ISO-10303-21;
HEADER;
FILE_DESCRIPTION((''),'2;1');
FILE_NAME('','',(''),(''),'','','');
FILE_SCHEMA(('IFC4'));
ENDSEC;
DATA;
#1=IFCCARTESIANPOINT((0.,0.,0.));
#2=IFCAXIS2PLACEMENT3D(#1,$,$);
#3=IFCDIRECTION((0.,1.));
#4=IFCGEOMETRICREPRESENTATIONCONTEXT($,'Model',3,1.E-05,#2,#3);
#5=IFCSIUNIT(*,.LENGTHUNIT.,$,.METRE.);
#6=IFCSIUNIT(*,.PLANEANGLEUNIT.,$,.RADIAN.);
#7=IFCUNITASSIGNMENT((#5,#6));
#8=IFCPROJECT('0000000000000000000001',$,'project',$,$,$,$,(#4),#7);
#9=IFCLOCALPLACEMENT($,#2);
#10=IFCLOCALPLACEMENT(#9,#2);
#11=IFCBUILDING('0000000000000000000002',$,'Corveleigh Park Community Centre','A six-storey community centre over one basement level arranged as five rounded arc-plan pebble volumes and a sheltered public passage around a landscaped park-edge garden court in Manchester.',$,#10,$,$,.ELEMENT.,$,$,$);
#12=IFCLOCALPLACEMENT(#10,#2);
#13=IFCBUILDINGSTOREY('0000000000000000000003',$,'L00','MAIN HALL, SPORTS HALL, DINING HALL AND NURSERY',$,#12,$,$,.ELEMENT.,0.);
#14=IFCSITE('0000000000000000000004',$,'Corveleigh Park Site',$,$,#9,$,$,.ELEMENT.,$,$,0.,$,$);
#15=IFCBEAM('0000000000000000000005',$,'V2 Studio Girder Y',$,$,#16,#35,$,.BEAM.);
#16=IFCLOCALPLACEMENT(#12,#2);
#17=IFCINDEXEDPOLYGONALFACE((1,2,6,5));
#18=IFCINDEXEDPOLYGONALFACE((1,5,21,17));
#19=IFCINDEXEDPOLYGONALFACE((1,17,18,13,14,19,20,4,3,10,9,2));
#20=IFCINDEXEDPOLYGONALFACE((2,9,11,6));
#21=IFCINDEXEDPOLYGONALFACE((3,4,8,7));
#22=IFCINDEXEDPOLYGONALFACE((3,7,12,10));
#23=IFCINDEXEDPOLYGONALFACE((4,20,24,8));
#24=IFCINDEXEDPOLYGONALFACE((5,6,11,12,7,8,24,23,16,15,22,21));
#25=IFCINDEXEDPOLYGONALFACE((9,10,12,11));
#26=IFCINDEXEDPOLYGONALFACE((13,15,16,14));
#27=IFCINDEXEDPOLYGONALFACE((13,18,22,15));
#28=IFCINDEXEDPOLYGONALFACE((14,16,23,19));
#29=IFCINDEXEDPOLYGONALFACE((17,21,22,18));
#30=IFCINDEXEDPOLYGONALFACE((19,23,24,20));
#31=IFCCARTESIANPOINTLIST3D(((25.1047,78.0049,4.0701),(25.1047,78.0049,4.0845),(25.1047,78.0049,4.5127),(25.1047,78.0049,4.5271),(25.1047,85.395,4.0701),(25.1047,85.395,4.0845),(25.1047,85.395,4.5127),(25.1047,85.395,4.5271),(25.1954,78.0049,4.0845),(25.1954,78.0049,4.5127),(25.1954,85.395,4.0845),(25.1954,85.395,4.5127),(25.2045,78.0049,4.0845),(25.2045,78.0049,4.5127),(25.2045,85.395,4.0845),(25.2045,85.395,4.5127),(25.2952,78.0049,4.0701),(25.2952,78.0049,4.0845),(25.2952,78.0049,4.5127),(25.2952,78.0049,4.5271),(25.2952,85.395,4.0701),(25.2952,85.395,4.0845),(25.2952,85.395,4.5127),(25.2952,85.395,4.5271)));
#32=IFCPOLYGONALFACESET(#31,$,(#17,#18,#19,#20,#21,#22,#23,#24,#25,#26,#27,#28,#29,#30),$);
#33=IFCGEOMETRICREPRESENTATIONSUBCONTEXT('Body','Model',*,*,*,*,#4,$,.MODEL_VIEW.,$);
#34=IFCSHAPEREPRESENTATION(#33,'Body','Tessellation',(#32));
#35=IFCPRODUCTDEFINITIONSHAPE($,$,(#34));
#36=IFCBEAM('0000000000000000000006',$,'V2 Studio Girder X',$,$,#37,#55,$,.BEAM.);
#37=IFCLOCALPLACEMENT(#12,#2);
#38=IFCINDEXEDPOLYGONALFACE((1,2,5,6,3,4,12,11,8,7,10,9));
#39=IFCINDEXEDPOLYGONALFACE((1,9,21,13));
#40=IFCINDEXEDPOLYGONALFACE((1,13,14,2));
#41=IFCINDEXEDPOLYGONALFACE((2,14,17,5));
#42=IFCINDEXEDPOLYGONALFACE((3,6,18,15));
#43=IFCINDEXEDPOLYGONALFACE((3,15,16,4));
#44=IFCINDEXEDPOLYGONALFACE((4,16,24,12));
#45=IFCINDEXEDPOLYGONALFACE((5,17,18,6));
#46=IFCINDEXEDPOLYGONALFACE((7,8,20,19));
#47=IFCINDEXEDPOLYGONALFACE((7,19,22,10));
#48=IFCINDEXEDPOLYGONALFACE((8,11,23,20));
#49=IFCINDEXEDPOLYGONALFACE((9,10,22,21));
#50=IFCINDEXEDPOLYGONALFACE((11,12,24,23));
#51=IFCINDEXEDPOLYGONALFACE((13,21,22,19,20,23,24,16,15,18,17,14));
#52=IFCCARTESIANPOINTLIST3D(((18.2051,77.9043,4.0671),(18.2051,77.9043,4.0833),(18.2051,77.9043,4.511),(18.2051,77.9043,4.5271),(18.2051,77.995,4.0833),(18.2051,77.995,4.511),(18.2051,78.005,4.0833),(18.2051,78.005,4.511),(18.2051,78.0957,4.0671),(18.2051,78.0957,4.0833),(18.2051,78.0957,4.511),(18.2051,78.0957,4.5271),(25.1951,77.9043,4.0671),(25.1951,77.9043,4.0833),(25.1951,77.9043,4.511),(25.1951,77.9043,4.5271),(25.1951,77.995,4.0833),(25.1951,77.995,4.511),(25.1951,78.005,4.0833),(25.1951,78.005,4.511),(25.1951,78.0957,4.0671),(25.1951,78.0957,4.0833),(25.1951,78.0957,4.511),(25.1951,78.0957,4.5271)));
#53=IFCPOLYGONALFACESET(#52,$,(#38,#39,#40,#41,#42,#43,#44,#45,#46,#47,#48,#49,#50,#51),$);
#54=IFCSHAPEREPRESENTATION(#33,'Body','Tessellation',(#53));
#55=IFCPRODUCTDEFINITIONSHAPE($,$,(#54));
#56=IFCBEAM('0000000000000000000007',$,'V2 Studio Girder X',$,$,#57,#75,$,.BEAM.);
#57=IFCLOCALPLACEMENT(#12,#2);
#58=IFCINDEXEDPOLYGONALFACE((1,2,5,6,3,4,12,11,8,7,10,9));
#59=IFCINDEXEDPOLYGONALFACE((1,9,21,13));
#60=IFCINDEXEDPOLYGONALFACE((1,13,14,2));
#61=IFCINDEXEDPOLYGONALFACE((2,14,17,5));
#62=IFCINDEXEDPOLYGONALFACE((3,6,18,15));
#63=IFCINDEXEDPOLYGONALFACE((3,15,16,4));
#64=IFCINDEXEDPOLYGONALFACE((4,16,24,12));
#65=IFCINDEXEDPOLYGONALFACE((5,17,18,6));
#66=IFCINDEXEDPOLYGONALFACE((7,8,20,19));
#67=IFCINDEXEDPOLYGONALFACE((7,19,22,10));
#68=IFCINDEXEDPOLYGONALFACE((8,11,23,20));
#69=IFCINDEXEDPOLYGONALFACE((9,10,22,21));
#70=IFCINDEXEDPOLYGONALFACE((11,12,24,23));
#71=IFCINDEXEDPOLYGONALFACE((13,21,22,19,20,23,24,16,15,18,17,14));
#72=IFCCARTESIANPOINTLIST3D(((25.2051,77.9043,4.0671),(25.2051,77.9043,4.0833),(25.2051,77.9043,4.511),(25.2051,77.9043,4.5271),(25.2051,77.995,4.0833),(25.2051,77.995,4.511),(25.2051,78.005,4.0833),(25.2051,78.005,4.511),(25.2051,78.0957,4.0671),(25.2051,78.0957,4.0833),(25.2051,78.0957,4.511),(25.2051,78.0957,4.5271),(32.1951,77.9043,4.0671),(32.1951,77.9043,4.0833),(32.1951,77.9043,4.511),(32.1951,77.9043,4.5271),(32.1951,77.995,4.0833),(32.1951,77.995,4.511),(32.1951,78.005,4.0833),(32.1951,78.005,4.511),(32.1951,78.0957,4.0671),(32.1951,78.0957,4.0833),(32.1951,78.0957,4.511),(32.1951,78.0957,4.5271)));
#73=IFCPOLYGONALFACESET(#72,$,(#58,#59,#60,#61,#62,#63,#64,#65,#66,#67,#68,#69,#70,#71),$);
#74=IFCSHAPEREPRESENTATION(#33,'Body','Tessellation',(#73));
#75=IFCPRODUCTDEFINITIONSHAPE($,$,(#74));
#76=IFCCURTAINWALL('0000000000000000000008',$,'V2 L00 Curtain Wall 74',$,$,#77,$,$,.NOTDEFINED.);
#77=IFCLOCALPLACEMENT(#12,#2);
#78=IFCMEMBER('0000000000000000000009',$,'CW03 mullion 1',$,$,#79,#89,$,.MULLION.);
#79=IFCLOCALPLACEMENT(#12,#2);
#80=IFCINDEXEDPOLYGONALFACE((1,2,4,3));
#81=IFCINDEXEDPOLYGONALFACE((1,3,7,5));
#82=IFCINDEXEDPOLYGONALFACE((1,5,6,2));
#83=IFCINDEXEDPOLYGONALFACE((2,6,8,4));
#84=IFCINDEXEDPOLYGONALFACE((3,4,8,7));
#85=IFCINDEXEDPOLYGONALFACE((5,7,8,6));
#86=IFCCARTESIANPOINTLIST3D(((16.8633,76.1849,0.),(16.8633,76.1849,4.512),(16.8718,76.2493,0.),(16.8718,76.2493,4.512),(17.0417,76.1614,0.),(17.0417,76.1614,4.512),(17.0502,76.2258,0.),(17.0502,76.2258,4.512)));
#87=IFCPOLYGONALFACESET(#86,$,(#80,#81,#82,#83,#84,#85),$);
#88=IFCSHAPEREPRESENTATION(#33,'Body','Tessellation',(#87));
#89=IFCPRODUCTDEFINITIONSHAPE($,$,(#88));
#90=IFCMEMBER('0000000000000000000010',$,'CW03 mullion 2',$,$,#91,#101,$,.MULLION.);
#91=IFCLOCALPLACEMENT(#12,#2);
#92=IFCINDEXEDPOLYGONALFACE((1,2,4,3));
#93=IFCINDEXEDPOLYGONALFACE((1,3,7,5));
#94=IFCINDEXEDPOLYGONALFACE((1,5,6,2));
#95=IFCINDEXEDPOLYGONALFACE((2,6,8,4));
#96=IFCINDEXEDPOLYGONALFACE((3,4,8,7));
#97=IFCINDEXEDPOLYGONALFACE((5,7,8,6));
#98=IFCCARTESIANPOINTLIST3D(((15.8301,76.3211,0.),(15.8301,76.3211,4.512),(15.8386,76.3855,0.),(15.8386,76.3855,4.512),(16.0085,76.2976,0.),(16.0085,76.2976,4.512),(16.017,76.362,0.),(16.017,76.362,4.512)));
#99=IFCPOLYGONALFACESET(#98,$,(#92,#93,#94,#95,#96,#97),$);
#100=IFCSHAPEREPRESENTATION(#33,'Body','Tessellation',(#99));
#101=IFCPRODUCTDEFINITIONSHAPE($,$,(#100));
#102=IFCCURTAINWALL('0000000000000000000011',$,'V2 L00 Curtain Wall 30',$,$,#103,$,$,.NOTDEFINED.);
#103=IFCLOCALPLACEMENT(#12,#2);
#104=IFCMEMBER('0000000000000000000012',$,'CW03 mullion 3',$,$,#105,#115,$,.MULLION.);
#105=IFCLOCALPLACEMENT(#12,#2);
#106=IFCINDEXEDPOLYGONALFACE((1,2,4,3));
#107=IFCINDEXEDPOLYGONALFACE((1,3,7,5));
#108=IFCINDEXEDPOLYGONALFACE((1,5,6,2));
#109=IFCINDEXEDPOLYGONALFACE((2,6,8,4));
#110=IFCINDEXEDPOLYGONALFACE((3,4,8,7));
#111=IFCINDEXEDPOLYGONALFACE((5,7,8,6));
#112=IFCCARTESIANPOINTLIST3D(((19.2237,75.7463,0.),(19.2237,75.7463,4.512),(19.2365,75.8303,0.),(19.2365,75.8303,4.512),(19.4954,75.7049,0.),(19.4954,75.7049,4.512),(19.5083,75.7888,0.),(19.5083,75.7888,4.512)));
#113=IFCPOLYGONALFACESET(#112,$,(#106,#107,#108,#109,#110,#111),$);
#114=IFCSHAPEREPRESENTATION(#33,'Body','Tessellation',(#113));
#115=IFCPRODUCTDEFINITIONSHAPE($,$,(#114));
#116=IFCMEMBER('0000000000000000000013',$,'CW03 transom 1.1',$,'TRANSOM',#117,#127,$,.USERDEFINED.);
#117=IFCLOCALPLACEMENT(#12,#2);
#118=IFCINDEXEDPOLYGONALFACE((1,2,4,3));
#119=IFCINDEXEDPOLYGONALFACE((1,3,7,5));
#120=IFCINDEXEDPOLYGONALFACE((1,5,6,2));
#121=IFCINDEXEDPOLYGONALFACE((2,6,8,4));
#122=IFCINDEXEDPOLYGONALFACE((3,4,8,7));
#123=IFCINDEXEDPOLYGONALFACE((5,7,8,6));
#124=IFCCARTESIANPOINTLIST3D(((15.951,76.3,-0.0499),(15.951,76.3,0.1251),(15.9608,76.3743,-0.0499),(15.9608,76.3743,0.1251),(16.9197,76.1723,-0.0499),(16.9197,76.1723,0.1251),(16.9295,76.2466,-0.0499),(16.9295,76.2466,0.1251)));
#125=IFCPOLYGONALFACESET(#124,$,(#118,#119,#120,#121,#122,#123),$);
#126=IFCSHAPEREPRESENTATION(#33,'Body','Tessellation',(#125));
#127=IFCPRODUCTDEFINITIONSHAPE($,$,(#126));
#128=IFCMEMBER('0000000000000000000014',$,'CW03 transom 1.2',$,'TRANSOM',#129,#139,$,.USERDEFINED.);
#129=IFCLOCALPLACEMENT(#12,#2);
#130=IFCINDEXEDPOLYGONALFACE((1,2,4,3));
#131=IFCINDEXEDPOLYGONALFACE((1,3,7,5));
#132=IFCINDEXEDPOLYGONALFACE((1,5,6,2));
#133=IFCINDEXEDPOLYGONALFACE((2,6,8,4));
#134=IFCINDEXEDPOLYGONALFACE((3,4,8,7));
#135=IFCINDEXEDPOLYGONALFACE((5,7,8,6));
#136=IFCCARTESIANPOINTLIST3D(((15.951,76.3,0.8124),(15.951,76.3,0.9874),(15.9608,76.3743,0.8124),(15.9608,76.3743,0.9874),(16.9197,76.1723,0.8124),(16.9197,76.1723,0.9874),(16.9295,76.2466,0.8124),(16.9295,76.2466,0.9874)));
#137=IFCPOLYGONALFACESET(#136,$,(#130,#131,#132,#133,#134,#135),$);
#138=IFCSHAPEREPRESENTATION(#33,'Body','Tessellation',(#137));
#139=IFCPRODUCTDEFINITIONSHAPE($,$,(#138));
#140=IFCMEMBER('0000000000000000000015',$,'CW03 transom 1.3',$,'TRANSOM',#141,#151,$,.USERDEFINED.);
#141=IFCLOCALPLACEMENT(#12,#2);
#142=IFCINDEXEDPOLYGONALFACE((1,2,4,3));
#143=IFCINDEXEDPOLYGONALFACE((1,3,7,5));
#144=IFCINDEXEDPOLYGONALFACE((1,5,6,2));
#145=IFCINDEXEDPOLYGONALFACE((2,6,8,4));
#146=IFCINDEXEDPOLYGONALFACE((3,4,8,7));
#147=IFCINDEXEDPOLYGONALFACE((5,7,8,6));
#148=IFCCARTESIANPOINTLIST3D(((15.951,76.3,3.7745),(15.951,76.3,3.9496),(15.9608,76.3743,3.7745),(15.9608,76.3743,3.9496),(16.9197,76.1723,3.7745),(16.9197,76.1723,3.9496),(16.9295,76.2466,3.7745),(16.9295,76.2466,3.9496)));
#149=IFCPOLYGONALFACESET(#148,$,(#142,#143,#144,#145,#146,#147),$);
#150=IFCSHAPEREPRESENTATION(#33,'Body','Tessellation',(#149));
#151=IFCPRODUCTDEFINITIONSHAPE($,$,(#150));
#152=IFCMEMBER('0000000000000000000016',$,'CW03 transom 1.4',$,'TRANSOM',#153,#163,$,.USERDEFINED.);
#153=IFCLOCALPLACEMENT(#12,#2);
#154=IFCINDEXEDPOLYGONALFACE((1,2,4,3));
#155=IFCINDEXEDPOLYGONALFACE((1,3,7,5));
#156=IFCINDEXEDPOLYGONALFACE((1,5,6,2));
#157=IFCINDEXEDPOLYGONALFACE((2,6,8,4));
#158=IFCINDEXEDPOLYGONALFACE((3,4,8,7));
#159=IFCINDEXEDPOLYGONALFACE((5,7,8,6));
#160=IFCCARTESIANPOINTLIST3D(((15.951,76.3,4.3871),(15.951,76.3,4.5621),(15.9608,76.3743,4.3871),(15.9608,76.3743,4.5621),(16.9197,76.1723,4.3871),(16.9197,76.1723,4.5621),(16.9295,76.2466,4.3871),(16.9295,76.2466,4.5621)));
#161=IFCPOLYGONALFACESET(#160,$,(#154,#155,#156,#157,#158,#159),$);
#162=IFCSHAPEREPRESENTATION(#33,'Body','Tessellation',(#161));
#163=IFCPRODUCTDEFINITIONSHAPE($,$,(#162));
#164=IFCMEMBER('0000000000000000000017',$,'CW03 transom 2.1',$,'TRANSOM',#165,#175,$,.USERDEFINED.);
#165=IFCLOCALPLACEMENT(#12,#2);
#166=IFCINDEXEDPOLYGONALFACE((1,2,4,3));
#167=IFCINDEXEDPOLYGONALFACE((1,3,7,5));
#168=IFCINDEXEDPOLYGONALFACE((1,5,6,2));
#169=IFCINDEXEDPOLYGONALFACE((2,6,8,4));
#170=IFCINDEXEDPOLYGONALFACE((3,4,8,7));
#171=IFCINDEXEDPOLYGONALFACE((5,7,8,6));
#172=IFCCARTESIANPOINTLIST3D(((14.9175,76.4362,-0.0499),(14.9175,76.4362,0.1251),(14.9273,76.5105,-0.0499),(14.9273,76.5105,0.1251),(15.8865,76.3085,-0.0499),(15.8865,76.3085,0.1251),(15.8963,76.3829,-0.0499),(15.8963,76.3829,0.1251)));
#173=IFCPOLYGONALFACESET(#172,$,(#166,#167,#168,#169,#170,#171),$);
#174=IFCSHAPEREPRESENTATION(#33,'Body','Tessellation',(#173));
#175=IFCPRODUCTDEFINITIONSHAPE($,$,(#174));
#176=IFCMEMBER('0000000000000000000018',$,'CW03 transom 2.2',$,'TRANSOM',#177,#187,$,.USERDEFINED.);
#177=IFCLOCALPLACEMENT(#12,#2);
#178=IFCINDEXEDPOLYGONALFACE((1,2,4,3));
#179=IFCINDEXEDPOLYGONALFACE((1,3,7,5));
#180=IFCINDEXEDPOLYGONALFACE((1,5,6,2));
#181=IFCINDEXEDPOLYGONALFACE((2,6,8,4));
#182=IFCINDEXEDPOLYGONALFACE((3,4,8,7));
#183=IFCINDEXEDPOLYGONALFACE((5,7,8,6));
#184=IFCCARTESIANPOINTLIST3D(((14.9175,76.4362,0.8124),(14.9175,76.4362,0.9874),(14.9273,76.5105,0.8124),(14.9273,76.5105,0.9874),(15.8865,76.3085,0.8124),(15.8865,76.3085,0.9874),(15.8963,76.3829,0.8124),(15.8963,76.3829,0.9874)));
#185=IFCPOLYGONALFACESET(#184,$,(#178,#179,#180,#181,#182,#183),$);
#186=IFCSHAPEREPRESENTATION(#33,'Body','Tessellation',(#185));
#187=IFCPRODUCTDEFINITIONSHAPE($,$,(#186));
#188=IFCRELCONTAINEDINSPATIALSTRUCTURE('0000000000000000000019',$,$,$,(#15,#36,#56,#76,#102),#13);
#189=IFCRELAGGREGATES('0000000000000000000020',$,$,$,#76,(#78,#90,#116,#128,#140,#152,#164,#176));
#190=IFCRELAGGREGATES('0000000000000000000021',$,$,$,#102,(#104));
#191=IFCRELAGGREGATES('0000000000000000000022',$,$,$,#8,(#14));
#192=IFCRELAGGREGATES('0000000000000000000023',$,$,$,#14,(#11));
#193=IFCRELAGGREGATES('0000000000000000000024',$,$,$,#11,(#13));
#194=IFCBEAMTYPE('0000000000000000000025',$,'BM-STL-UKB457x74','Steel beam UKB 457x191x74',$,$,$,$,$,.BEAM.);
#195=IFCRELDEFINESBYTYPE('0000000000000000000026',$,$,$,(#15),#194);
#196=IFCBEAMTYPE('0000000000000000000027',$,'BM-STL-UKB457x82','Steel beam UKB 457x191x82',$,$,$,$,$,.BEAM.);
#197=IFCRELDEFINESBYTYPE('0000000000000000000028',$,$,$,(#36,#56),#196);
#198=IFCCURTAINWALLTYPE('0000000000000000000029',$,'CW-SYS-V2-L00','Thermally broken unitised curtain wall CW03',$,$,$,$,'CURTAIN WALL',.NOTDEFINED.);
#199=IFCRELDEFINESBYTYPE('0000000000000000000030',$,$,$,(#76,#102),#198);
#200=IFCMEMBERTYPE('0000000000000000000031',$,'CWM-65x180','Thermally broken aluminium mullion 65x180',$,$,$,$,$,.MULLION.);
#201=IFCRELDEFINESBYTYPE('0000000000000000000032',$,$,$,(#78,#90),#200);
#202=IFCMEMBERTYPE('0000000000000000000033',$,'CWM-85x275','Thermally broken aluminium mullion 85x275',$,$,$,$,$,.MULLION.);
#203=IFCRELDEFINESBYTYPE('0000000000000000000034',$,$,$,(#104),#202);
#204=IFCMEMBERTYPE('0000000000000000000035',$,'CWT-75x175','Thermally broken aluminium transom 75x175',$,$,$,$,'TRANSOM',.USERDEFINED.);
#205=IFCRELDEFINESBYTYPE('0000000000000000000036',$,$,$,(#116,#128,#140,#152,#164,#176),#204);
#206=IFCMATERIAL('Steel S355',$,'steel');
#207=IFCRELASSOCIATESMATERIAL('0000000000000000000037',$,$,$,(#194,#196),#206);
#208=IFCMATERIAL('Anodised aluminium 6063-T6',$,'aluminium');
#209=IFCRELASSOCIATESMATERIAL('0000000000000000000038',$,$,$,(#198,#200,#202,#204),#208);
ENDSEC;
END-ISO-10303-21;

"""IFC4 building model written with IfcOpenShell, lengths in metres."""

from ifc_helpers import new_model, si_unit, direction, frame, origin, origin_2d, place, context, subcontext, project, spatial, rectangle, i_section, extrude, material, material_profile, profile_set, type_object, element, aggregate, save


model = new_model("IFC4")

# Units and contexts
model_context = context("Model", 3, precision=1e-05, world=origin(), true_north=direction((0.0, 1.0)))
body_context = subcontext(model_context, "Body", "Model", "MODEL_VIEW")
ifc_project = project(units=[si_unit("LENGTHUNIT", "METRE"), si_unit("PLANEANGLEUNIT", "RADIAN")], contexts=[model_context])

# Site, building, storey
site_placement = place(None, origin())
site = spatial("IfcSite", under=ifc_project, at=site_placement, Name="Corveleigh Park Site", CompositionType="ELEMENT", RefElevation=0.0)
building_placement = place(site_placement, origin())
building = spatial("IfcBuilding", under=site, at=building_placement, Name="Corveleigh Park Community Centre", Description="A six-storey community centre over one basement level arranged as five rounded arc-plan pebble volumes and a sheltered public passage around a landscaped park-edge garden court in Manchester.", CompositionType="ELEMENT")
storey_placement = place(building_placement, origin())
storey = spatial("IfcBuildingStorey", under=building, at=storey_placement, Name="L00", Description="MAIN HALL, SPORTS HALL, DINING HALL AND NURSERY", CompositionType="ELEMENT", Elevation=0.0)

# Shared definitions
ifc_material_1 = material(Name="Steel S355", Category="steel")

# Beams
ifc_material_profile_1 = material_profile(ifc_material_1, i_section(OverallWidth=0.1904, OverallDepth=0.457, WebThickness=0.009, FlangeThickness=0.0144, at=origin_2d()), Name="UKB 457x191x74", Category="steel")
ifc_profile_set_1 = profile_set([ifc_material_profile_1], Name="Steel S355")
beam_type_1 = type_object("IfcBeamType", Name="BM-STL-UKB457x74", Description="Steel beam UKB 457x191x74", PredefinedType="BEAM", material=ifc_profile_set_1)
for number, where, z_axis, x_axis, name in (
    (1, (25.2, 78.0049, 4.2986), (0.0, 1.0, 0.0), (-1.0, 0.0, 0.0), "V2 Studio Girder Y"),
):
    element("IfcBeam", number, at=place(storey_placement, frame(where, z_axis=z_axis, x_axis=x_axis)), inside=storey, type_object=beam_type_1, Name=name, PredefinedType="BEAM", context=body_context, shape_type="SweptSolid", body=[
        extrude(i_section(OverallWidth=0.1904, OverallDepth=0.457, WebThickness=0.009, FlangeThickness=0.0144, at=origin_2d()), origin(), (0.0, 0.0, 1.0), 7.3901),
    ])
ifc_material_profile_2 = material_profile(ifc_material_1, i_section(OverallWidth=0.1914, OverallDepth=0.46, WebThickness=0.01, FlangeThickness=0.0161, at=origin_2d()), Name="UKB 457x191x82", Category="steel")
ifc_profile_set_2 = profile_set([ifc_material_profile_2], Name="Steel S355")
beam_type_2 = type_object("IfcBeamType", Name="BM-STL-UKB457x82", Description="Steel beam UKB 457x191x82", PredefinedType="BEAM", material=ifc_profile_set_2)
for number, where, z_axis, x_axis, name in (
    (2, (18.2051, 78.0, 4.2971), (1.0, 0.0, 0.0), (0.0, 1.0, 0.0), "V2 Studio Girder X"),
    (3, (25.2051, 78.0, 4.2971), (1.0, 0.0, 0.0), (0.0, 1.0, 0.0), "V2 Studio Girder X"),
):
    element("IfcBeam", number, at=place(storey_placement, frame(where, z_axis=z_axis, x_axis=x_axis)), inside=storey, type_object=beam_type_2, Name=name, PredefinedType="BEAM", context=body_context, shape_type="SweptSolid", body=[
        extrude(i_section(OverallWidth=0.1914, OverallDepth=0.46, WebThickness=0.01, FlangeThickness=0.0161, at=origin_2d()), origin(), (0.0, 0.0, 1.0), 6.99),
    ])

# Curtain wall, members
ifc_material_2 = material(Name="Anodised aluminium 6063-T6", Category="aluminium")
curtain_wall_type = type_object("IfcCurtainWallType", Name="CW-SYS-V2-L00", Description="Thermally broken unitised curtain wall CW03", ElementType="CURTAIN WALL", PredefinedType="NOTDEFINED", material=ifc_material_2)
curtain_wall_1_placement = place(storey_placement, origin())
curtain_wall_1 = element("IfcCurtainWall", 4, at=curtain_wall_1_placement, inside=storey, type_object=curtain_wall_type, Name="V2 L00 Curtain Wall 74", PredefinedType="NOTDEFINED")
ifc_material_profile_3 = material_profile(ifc_material_2, rectangle(XDim=0.0649, YDim=0.1799, at=origin_2d()), Name="ALU-M65x180", Category="aluminium")
ifc_profile_set_3 = profile_set([ifc_material_profile_3], Name="Anodised aluminium 6063-T6")
member_type_1 = type_object("IfcMemberType", Name="CWM-65x180", Description="Thermally broken aluminium mullion 65x180", PredefinedType="MULLION", material=ifc_profile_set_3)
member_1_placement = place(storey_placement, frame((16.9568, 76.2053, 0.0), z_axis=(0.0, 0.0, 1.0), x_axis=(-0.130731, -0.991418, 0.0)))
member_1 = element("IfcMember", 5, at=member_1_placement, type_object=member_type_1, Name="CW03 mullion 1", PredefinedType="MULLION", context=body_context, shape_type="SweptSolid", body=[
    extrude(rectangle(XDim=0.0649, YDim=0.1799, at=origin_2d()), origin(), (0.0, 0.0, 1.0), 4.512),
])
member_2_placement = place(storey_placement, frame((15.9236, 76.3416, 0.0), z_axis=(0.0, 0.0, 1.0), x_axis=(-0.130731, -0.991418, 0.0)))
member_2 = element("IfcMember", 6, at=member_2_placement, type_object=member_type_1, Name="CW03 mullion 2", PredefinedType="MULLION", context=body_context, shape_type="SweptSolid", body=[
    extrude(rectangle(XDim=0.0649, YDim=0.1799, at=origin_2d()), origin(), (0.0, 0.0, 1.0), 4.512),
])

# Curtain wall, member
curtain_wall_2_placement = place(storey_placement, origin())
curtain_wall_2 = element("IfcCurtainWall", 7, at=curtain_wall_2_placement, inside=storey, type_object=curtain_wall_type, Name="V2 L00 Curtain Wall 30", PredefinedType="NOTDEFINED")
ifc_material_profile_4 = material_profile(ifc_material_2, rectangle(XDim=0.085, YDim=0.2749, at=origin_2d()), Name="ALU-M85x275", Category="aluminium")
ifc_profile_set_4 = profile_set([ifc_material_profile_4], Name="Anodised aluminium 6063-T6")
member_type_2 = type_object("IfcMemberType", Name="CWM-85x275", Description="Thermally broken aluminium mullion 85x275", PredefinedType="MULLION", material=ifc_profile_set_4)
member_3_placement = place(storey_placement, frame((19.366, 75.7676, 0.0), z_axis=(0.0, 0.0, 1.0), x_axis=(-0.15077, -0.988569, 0.0)))
member_3 = element("IfcMember", 8, at=member_3_placement, type_object=member_type_2, Name="CW03 mullion 3", PredefinedType="MULLION", context=body_context, shape_type="SweptSolid", body=[
    extrude(rectangle(XDim=0.085, YDim=0.2749, at=origin_2d()), origin(), (0.0, 0.0, 1.0), 4.512),
])

# Members
ifc_material_profile_5 = material_profile(ifc_material_2, rectangle(XDim=0.075, YDim=0.175, at=origin_2d()), Name="ALU-T75x175", Category="aluminium")
ifc_profile_set_5 = profile_set([ifc_material_profile_5], Name="Anodised aluminium 6063-T6")
member_type_3 = type_object("IfcMemberType", Name="CWT-75x175", Description="Thermally broken aluminium transom 75x175", ElementType="TRANSOM", PredefinedType="USERDEFINED", material=ifc_profile_set_5)
member_4_placement = place(storey_placement, frame((16.9246, 76.2095, 0.0376), z_axis=(-0.991425, 0.130674, 0.0), x_axis=(-0.130674, -0.991425, 0.0)))
member_4 = element("IfcMember", 9, at=member_4_placement, type_object=member_type_3, Name="CW03 transom 1.1", ObjectType="TRANSOM", PredefinedType="USERDEFINED", context=body_context, shape_type="SweptSolid", body=[
    extrude(rectangle(XDim=0.075, YDim=0.175, at=origin_2d()), origin(), (0.0, 0.0, 1.0), 0.9771),
])
member_5_placement = place(storey_placement, frame((16.9246, 76.2095, 0.8999), z_axis=(-0.991425, 0.130674, 0.0), x_axis=(-0.130674, -0.991425, 0.0)))
member_5 = element("IfcMember", 10, at=member_5_placement, type_object=member_type_3, Name="CW03 transom 1.2", ObjectType="TRANSOM", PredefinedType="USERDEFINED", context=body_context, shape_type="SweptSolid", body=[
    extrude(rectangle(XDim=0.075, YDim=0.175, at=origin_2d()), origin(), (0.0, 0.0, 1.0), 0.9771),
])
member_6_placement = place(storey_placement, frame((16.9246, 76.2095, 3.8621), z_axis=(-0.991425, 0.130674, 0.0), x_axis=(-0.130674, -0.991425, 0.0)))
member_6 = element("IfcMember", 11, at=member_6_placement, type_object=member_type_3, Name="CW03 transom 1.3", ObjectType="TRANSOM", PredefinedType="USERDEFINED", context=body_context, shape_type="SweptSolid", body=[
    extrude(rectangle(XDim=0.075, YDim=0.175, at=origin_2d()), origin(), (0.0, 0.0, 1.0), 0.9771),
])
member_7_placement = place(storey_placement, frame((16.9246, 76.2095, 4.4746), z_axis=(-0.991425, 0.130674, 0.0), x_axis=(-0.130674, -0.991425, 0.0)))
member_7 = element("IfcMember", 12, at=member_7_placement, type_object=member_type_3, Name="CW03 transom 1.4", ObjectType="TRANSOM", PredefinedType="USERDEFINED", context=body_context, shape_type="SweptSolid", body=[
    extrude(rectangle(XDim=0.075, YDim=0.175, at=origin_2d()), origin(), (0.0, 0.0, 1.0), 0.9771),
])
member_8_placement = place(storey_placement, frame((15.8914, 76.3457, 0.0376), z_axis=(-0.99143, 0.130642, 0.0), x_axis=(-0.130642, -0.99143, 0.0)))
member_8 = element("IfcMember", 13, at=member_8_placement, type_object=member_type_3, Name="CW03 transom 2.1", ObjectType="TRANSOM", PredefinedType="USERDEFINED", context=body_context, shape_type="SweptSolid", body=[
    extrude(rectangle(XDim=0.075, YDim=0.175, at=origin_2d()), origin(), (0.0, 0.0, 1.0), 0.9773),
])
member_9_placement = place(storey_placement, frame((15.8914, 76.3457, 0.8999), z_axis=(-0.99143, 0.130642, 0.0), x_axis=(-0.130642, -0.99143, 0.0)))
member_9 = element("IfcMember", 14, at=member_9_placement, type_object=member_type_3, Name="CW03 transom 2.2", ObjectType="TRANSOM", PredefinedType="USERDEFINED", context=body_context, shape_type="SweptSolid", body=[
    extrude(rectangle(XDim=0.075, YDim=0.175, at=origin_2d()), origin(), (0.0, 0.0, 1.0), 0.9773),
])

aggregate(curtain_wall_1, [member_1, member_2, member_4, member_5, member_6, member_7, member_8, member_9])
aggregate(curtain_wall_2, [member_3])

save(model, "model.ifc")
